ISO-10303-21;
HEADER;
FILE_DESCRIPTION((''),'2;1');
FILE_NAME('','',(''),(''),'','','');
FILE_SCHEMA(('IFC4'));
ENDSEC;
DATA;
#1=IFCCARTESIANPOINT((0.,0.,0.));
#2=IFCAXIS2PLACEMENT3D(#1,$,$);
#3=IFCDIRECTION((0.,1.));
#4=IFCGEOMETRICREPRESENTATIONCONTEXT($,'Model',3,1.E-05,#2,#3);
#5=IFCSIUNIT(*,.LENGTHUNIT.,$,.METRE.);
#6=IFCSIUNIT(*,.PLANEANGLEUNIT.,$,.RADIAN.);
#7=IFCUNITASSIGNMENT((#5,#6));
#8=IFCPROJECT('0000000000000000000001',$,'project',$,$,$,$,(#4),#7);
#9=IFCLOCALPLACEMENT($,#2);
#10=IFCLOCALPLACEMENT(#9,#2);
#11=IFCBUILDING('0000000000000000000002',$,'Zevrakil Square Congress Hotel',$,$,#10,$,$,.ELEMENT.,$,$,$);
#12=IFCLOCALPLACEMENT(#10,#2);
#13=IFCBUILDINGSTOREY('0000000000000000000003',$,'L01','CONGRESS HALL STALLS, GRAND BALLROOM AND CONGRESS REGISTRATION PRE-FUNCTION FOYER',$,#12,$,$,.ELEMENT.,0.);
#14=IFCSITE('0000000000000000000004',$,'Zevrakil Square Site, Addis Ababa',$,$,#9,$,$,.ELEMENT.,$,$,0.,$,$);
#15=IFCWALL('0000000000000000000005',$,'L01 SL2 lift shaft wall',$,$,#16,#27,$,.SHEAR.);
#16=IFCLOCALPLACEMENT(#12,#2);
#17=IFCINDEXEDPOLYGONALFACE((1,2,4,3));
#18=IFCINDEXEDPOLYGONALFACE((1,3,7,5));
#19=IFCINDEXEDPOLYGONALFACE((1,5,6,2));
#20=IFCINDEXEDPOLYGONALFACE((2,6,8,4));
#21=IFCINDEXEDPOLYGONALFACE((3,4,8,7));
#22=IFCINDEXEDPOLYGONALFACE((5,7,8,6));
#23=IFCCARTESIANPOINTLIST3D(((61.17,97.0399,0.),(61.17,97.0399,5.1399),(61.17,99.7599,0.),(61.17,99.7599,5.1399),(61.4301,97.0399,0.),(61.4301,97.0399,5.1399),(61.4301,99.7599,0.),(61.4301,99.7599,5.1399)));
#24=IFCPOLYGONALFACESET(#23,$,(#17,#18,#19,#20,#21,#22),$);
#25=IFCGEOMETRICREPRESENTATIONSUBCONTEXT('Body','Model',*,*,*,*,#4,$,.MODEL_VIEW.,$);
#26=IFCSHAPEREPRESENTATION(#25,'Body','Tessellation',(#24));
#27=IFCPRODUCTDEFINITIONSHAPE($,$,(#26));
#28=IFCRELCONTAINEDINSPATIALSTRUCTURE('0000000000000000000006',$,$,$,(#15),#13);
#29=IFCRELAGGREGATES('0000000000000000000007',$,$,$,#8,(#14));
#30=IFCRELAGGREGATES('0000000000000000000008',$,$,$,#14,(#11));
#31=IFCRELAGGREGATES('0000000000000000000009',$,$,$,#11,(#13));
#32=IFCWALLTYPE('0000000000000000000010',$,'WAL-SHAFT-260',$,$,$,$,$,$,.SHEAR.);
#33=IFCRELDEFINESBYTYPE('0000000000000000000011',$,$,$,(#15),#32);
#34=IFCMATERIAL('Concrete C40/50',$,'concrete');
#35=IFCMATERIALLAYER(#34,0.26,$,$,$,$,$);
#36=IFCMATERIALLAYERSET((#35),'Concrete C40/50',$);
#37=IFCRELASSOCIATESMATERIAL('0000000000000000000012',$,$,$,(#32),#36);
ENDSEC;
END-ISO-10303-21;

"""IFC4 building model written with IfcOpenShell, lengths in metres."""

from ifc_helpers import new_model, si_unit, direction, frame, frame_2d, origin, place, context, subcontext, project, spatial, rectangle, extrude, material, layer, layer_set, type_object, element, save


model = new_model("IFC4")

# Units and contexts
model_context = context("Model", 3, precision=1e-05, world=origin(), true_north=direction((0.0, 1.0)))
body_context = subcontext(model_context, "Body", "Model", "MODEL_VIEW")
ifc_project = project(units=[si_unit("LENGTHUNIT", "METRE"), si_unit("PLANEANGLEUNIT", "RADIAN")], contexts=[model_context])

# Site, building, storey
site_placement = place(None, origin())
site = spatial("IfcSite", under=ifc_project, at=site_placement, Name="Zevrakil Square Site, Addis Ababa", CompositionType="ELEMENT", RefElevation=0.0)
building_placement = place(site_placement, origin())
building = spatial("IfcBuilding", under=site, at=building_placement, Name="Zevrakil Square Congress Hotel", CompositionType="ELEMENT")
storey_placement = place(building_placement, origin())
storey = spatial("IfcBuildingStorey", under=building, at=storey_placement, Name="L01", Description="CONGRESS HALL STALLS, GRAND BALLROOM AND CONGRESS REGISTRATION PRE-FUNCTION FOYER", CompositionType="ELEMENT", Elevation=0.0)

# Shared definitions
ifc_material_1 = material(Name="Concrete C40/50", Category="concrete")
ifc_layer_1 = layer(ifc_material_1, 0.26)
ifc_layer_set_1 = layer_set([ifc_layer_1], Name="Concrete C40/50")
wall_type_1 = type_object("IfcWallType", Name="WAL-SHAFT-260", PredefinedType="SHEAR", material=ifc_layer_set_1)

# Wall
wall_1_placement = place(storey_placement, frame((61.3, 97.04, 0.0), z_axis=(0.0, 0.0, 1.0), x_axis=(0.0, 1.0, 0.0)))
element("IfcWall", 1, at=wall_1_placement, inside=storey, type_object=wall_type_1, Name="L01 SL2 lift shaft wall", PredefinedType="SHEAR", context=body_context, shape_type="SweptSolid", body=[
    extrude(rectangle(XDim=2.72, YDim=0.26, at=frame_2d((1.3599, 0.0))), origin(), (0.0, 0.0, 1.0), 5.1399),
])

save(model, "model.ifc")
